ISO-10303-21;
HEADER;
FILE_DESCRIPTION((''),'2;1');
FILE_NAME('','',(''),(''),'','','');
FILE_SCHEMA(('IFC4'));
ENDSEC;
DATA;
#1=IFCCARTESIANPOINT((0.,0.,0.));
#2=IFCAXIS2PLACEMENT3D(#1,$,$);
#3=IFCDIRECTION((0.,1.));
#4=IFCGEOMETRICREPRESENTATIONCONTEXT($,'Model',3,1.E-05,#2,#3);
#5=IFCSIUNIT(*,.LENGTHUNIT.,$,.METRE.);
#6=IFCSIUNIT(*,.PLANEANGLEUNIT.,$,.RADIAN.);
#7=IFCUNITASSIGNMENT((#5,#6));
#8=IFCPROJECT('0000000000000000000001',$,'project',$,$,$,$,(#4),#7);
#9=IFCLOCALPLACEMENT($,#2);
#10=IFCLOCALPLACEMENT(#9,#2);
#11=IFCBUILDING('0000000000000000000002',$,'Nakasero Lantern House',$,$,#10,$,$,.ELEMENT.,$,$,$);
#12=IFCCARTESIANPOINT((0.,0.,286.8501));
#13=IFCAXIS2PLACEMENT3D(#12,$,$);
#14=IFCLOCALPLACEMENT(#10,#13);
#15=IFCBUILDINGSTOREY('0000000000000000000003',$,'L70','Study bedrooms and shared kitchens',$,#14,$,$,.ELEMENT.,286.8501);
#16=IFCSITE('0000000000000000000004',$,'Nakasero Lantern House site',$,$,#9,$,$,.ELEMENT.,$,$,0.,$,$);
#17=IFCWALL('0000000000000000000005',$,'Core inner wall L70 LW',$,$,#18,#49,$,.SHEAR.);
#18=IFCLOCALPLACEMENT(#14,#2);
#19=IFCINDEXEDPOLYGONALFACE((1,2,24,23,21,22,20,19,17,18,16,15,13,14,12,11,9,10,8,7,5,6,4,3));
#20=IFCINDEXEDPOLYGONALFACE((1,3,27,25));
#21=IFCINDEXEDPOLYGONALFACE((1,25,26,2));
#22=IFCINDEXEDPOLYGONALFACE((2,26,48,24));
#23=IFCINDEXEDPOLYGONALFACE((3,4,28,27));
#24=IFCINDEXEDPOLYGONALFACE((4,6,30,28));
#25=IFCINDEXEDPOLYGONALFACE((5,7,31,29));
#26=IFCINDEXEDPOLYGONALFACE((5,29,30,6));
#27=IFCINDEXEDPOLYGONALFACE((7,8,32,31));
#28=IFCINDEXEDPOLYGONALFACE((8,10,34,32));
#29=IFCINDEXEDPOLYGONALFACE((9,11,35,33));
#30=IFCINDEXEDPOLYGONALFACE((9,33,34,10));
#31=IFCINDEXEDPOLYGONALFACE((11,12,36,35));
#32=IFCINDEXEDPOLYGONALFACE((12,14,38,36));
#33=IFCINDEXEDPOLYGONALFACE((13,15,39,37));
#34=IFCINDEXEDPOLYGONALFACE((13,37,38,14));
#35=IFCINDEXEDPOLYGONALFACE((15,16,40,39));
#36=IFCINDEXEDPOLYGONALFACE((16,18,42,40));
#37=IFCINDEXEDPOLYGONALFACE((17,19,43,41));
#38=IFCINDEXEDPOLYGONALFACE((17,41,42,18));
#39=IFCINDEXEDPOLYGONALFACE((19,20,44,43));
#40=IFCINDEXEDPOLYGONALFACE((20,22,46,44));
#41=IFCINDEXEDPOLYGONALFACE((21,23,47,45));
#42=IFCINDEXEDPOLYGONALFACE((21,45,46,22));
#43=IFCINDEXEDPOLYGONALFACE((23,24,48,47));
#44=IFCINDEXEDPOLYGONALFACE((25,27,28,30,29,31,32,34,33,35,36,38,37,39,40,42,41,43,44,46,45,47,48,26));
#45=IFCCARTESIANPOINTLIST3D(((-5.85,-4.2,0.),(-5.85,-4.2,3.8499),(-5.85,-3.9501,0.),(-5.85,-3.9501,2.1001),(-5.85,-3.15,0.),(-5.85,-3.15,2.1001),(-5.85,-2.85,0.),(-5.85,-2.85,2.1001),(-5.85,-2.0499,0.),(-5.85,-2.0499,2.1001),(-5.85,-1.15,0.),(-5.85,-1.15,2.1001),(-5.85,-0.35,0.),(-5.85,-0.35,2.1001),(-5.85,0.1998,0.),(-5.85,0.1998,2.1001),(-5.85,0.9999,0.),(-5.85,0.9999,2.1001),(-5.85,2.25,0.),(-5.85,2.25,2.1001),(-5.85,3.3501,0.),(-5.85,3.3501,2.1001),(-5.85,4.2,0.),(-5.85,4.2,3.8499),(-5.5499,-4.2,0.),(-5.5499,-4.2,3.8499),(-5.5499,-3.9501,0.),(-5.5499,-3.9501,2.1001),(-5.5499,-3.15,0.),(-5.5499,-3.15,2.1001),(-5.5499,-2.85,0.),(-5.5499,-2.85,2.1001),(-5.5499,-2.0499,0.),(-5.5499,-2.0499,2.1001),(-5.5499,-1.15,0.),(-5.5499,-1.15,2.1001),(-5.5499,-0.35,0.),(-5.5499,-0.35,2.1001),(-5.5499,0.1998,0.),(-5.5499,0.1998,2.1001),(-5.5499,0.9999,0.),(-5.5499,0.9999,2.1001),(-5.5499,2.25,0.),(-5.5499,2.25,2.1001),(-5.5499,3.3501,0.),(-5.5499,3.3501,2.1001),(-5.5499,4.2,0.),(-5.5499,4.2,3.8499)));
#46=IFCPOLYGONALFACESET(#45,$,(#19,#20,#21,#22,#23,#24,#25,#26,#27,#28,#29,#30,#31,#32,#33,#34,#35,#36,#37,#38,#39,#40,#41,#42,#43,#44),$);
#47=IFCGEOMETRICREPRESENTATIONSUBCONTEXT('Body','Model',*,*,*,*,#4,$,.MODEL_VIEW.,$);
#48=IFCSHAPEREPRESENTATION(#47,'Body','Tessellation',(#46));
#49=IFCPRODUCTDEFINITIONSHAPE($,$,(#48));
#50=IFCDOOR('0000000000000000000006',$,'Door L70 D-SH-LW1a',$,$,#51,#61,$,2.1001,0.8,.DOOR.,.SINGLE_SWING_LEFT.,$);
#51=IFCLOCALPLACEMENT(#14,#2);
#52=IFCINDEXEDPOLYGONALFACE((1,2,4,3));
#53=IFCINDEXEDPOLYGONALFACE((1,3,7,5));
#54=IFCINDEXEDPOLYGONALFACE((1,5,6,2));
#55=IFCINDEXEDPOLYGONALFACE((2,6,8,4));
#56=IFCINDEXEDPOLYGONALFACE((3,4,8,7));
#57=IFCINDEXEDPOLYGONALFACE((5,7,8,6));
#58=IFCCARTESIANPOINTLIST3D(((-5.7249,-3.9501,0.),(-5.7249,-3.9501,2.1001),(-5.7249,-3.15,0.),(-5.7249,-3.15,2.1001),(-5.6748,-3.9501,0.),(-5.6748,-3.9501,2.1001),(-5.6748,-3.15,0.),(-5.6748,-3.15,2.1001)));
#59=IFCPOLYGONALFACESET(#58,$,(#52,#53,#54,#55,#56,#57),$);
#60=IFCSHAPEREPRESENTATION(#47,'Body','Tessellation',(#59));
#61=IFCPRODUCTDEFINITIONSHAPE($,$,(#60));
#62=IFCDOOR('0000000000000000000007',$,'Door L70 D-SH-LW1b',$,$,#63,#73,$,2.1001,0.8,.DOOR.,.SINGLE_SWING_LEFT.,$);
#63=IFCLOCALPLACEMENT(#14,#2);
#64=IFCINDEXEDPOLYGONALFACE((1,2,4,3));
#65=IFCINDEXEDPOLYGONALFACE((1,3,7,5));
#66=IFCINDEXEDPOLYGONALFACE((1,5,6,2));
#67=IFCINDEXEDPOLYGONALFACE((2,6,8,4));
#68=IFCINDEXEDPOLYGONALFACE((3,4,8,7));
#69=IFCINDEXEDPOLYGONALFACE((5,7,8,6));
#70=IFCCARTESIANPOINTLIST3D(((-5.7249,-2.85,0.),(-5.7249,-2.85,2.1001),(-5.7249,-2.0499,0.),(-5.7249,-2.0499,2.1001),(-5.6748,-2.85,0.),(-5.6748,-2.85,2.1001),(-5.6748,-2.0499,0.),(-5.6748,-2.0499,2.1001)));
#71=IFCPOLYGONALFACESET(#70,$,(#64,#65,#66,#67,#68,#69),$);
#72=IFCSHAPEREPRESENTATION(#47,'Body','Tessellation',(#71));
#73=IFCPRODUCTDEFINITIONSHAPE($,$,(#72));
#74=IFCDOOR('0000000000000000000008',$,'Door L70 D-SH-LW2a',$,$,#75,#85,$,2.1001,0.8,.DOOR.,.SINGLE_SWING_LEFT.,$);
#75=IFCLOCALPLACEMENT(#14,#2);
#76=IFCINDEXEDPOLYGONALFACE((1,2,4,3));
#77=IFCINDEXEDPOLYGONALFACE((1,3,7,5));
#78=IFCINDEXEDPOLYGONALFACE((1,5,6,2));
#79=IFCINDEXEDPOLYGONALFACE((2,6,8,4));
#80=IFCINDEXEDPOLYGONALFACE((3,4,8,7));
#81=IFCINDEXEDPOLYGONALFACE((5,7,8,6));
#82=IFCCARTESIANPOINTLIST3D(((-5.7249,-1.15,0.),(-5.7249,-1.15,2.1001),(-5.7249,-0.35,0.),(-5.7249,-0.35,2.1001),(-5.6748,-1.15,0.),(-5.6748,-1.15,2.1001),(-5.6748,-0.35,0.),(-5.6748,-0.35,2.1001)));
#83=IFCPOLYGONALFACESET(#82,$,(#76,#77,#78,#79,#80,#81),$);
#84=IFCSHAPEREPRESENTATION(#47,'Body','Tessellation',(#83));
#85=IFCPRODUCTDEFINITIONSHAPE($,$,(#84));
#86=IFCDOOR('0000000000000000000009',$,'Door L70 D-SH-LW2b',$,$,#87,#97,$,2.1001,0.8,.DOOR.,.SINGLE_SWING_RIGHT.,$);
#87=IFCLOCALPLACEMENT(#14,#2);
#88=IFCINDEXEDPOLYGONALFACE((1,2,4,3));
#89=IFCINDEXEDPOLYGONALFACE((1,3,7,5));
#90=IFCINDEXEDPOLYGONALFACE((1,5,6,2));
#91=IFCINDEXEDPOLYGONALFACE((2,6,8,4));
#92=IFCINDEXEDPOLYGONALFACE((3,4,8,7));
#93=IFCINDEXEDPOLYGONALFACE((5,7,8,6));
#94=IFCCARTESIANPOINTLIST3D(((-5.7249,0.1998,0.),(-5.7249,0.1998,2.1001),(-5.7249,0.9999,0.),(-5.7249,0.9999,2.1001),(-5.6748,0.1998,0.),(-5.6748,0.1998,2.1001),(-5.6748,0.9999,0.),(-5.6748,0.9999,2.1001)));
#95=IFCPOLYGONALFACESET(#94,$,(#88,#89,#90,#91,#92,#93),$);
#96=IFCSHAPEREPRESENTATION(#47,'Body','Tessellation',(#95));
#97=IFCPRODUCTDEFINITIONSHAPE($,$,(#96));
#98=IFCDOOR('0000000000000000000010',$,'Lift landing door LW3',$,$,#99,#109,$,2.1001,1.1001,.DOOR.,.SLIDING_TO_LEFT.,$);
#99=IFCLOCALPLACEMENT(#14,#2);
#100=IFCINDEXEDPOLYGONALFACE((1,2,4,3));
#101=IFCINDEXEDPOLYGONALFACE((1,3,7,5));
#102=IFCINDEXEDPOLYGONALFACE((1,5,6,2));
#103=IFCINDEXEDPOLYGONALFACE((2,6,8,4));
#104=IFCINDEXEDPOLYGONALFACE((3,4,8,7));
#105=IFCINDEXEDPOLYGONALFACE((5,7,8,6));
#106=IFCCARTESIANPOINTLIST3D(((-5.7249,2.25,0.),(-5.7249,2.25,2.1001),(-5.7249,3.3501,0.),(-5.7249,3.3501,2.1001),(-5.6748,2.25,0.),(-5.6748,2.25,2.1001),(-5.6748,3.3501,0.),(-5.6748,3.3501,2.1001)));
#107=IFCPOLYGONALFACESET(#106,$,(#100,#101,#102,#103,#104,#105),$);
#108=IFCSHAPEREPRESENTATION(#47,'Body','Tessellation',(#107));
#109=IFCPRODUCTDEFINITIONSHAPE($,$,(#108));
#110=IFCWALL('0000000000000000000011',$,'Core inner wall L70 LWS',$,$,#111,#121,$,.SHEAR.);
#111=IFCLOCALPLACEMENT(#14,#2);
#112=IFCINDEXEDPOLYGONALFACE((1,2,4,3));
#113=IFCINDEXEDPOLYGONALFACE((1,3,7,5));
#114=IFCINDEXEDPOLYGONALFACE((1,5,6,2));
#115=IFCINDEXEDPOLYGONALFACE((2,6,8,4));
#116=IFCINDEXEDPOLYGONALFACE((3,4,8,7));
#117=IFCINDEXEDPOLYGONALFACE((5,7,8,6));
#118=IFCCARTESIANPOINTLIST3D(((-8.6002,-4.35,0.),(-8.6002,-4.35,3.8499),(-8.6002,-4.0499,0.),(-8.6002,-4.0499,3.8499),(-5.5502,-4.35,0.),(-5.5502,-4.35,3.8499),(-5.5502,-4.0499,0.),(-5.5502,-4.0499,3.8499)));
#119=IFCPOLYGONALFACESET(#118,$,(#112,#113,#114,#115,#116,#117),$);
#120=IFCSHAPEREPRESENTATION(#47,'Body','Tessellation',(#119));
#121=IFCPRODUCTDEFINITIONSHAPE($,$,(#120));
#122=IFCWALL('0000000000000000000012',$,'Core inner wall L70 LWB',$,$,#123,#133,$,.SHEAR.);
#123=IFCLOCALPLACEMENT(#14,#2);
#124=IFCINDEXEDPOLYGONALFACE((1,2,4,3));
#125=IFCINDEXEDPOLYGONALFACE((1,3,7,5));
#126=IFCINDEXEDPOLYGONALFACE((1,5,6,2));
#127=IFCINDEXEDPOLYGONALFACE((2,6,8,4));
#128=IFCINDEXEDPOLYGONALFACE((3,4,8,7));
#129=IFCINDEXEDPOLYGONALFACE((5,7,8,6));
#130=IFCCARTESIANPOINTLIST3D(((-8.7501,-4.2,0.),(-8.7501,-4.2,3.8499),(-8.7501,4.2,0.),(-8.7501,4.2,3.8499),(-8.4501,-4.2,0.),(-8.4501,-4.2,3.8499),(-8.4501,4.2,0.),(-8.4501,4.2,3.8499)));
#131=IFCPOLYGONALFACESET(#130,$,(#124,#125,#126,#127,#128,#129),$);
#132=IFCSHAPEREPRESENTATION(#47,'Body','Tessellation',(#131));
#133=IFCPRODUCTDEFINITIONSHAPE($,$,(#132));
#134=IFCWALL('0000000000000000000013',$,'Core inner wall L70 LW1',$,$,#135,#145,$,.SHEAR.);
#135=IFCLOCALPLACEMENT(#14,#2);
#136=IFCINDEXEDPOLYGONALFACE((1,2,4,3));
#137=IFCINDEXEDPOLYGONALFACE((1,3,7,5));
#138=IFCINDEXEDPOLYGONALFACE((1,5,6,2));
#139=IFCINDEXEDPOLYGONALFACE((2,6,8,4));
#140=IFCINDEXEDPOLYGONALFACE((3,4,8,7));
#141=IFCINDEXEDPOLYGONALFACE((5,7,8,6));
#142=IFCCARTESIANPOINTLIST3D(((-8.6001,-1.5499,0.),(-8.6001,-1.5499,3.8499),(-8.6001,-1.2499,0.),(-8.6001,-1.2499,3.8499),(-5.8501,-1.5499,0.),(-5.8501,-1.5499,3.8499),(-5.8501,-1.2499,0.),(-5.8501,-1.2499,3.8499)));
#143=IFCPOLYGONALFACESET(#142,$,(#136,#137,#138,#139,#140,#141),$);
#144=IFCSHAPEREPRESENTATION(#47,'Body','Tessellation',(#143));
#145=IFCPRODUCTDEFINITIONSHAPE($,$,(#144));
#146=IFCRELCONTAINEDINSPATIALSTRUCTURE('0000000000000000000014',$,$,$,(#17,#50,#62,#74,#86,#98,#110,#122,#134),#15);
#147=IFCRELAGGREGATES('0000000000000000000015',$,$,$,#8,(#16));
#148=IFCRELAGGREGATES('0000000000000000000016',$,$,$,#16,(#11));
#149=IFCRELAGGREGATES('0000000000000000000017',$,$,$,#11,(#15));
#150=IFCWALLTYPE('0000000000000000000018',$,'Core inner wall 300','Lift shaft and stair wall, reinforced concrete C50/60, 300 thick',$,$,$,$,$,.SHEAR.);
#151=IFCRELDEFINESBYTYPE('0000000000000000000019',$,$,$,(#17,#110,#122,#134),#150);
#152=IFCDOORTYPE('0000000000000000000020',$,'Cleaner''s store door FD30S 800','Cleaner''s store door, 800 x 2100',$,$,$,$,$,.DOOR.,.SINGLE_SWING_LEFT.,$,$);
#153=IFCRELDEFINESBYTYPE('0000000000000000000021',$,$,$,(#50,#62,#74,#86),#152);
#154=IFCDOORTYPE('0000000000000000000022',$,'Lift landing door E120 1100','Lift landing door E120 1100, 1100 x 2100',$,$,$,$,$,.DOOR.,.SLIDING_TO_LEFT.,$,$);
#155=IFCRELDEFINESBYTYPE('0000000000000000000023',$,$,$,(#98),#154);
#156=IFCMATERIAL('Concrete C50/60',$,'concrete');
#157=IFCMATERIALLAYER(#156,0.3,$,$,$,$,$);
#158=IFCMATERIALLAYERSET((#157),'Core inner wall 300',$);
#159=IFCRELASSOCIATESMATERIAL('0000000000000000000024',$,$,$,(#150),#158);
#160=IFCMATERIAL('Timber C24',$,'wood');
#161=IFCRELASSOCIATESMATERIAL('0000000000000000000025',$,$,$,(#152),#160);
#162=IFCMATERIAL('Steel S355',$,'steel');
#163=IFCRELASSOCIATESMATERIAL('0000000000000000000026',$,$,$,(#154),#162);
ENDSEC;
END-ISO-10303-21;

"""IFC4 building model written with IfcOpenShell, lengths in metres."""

from ifc_helpers import new_model, si_unit, direction, frame, frame_2d, origin, place, context, subcontext, project, spatial, rectangle, extrude, material, layer, layer_set, type_object, element, fill, save


model = new_model("IFC4")

# Units and contexts
model_context = context("Model", 3, precision=1e-05, world=origin(), true_north=direction((0.0, 1.0)))
body_context = subcontext(model_context, "Body", "Model", "MODEL_VIEW")
ifc_project = project(units=[si_unit("LENGTHUNIT", "METRE"), si_unit("PLANEANGLEUNIT", "RADIAN")], contexts=[model_context])

# Site, building, storey
site_placement = place(None, origin())
site = spatial("IfcSite", under=ifc_project, at=site_placement, Name="Nakasero Lantern House site", CompositionType="ELEMENT", RefElevation=0.0)
building_placement = place(site_placement, origin())
building = spatial("IfcBuilding", under=site, at=building_placement, Name="Nakasero Lantern House", CompositionType="ELEMENT")
storey_placement = place(building_placement, frame((0.0, 0.0, 286.8501)))
storey = spatial("IfcBuildingStorey", under=building, at=storey_placement, Name="L70", Description="Study bedrooms and shared kitchens", CompositionType="ELEMENT", Elevation=286.8501)

# Wall, openings, doors
ifc_material_1 = material(Name="Concrete C50/60", Category="concrete")
ifc_layer_1 = layer(ifc_material_1, 0.3)
ifc_layer_set_1 = layer_set([ifc_layer_1], Name="Core inner wall 300")
wall_type_1 = type_object("IfcWallType", Name="Core inner wall 300", Description="Lift shaft and stair wall, reinforced concrete C50/60, 300 thick", PredefinedType="SHEAR", material=ifc_layer_set_1)
wall_1_placement = place(storey_placement, frame((-5.7, -4.2, 0.0), z_axis=(0.0, 0.0, 1.0), x_axis=(0.0, 1.0, 0.0)))
wall_1 = element("IfcWall", 1, at=wall_1_placement, inside=storey, type_object=wall_type_1, Name="Core inner wall L70 LW", PredefinedType="SHEAR", context=body_context, shape_type="SweptSolid", body=[
    extrude(rectangle(XDim=8.3999, YDim=0.3, at=frame_2d((4.2, 0.0))), origin(), (0.0, 0.0, 1.0), 3.8499),
])
opening_1_placement = place(wall_1_placement, frame((0.25, 0.0, 0.0)))
opening_1 = element("IfcOpeningElement", 2, at=opening_1_placement, cuts=wall_1, PredefinedType="OPENING", context=body_context, shape_type="SweptSolid", body=[
    extrude(rectangle(XDim=0.8, YDim=2.1001, at=frame_2d((0.3999, 1.05))), frame((0.0, 0.1699, 0.0), z_axis=(0.0, -1.0, 0.0), x_axis=(1.0, 0.0, 0.0)), (0.0, 0.0, 1.0), 0.3401),
])
opening_2_placement = place(wall_1_placement, frame((1.3501, 0.0, 0.0)))
opening_2 = element("IfcOpeningElement", 3, at=opening_2_placement, cuts=wall_1, PredefinedType="OPENING", context=body_context, shape_type="SweptSolid", body=[
    extrude(rectangle(XDim=0.8, YDim=2.1001, at=frame_2d((0.3999, 1.05))), frame((0.0, 0.1699, 0.0), z_axis=(0.0, -1.0, 0.0), x_axis=(1.0, 0.0, 0.0)), (0.0, 0.0, 1.0), 0.3401),
])
opening_3_placement = place(wall_1_placement, frame((3.05, 0.0, 0.0)))
opening_3 = element("IfcOpeningElement", 4, at=opening_3_placement, cuts=wall_1, PredefinedType="OPENING", context=body_context, shape_type="SweptSolid", body=[
    extrude(rectangle(XDim=0.8, YDim=2.1001, at=frame_2d((0.3999, 1.05))), frame((0.0, 0.1699, 0.0), z_axis=(0.0, -1.0, 0.0), x_axis=(1.0, 0.0, 0.0)), (0.0, 0.0, 1.0), 0.3401),
])
opening_4_placement = place(wall_1_placement, frame((4.3999, 0.0, 0.0)))
opening_4 = element("IfcOpeningElement", 5, at=opening_4_placement, cuts=wall_1, PredefinedType="OPENING", context=body_context, shape_type="SweptSolid", body=[
    extrude(rectangle(XDim=0.8, YDim=2.1001, at=frame_2d((0.3999, 1.05))), frame((0.0, 0.1699, 0.0), z_axis=(0.0, -1.0, 0.0), x_axis=(1.0, 0.0, 0.0)), (0.0, 0.0, 1.0), 0.3401),
])
opening_5_placement = place(wall_1_placement, frame((6.45, 0.0, 0.0)))
opening_5 = element("IfcOpeningElement", 6, at=opening_5_placement, cuts=wall_1, PredefinedType="OPENING", context=body_context, shape_type="SweptSolid", body=[
    extrude(rectangle(XDim=1.1001, YDim=2.1001, at=frame_2d((0.55, 1.05))), frame((0.0, 0.1699, 0.0), z_axis=(0.0, -1.0, 0.0), x_axis=(1.0, 0.0, 0.0)), (0.0, 0.0, 1.0), 0.3401),
])
ifc_material_2 = material(Name="Timber C24", Category="wood")
door_type_1 = type_object("IfcDoorType", Name="Cleaner's store door FD30S 800", Description="Cleaner's store door, 800 x 2100", OperationType="SINGLE_SWING_LEFT", PredefinedType="DOOR", material=ifc_material_2)
door_1_placement = place(opening_1_placement, origin())
door_1 = element("IfcDoor", 7, at=door_1_placement, inside=storey, type_object=door_type_1, Name="Door L70 D-SH-LW1a", OperationType="SINGLE_SWING_LEFT", OverallHeight=2.1001, OverallWidth=0.8, PredefinedType="DOOR", context=body_context, shape_type="SweptSolid", body=[
    extrude(rectangle(XDim=0.8, YDim=2.1001, at=frame_2d((0.3999, 1.05))), frame((0.0, 0.0249, 0.0), z_axis=(0.0, -1.0, 0.0), x_axis=(1.0, 0.0, 0.0)), (0.0, 0.0, 1.0), 0.05),
])
fill(opening_1, door_1)
door_2_placement = place(opening_2_placement, origin())
door_2 = element("IfcDoor", 8, at=door_2_placement, inside=storey, type_object=door_type_1, Name="Door L70 D-SH-LW1b", OperationType="SINGLE_SWING_LEFT", OverallHeight=2.1001, OverallWidth=0.8, PredefinedType="DOOR", context=body_context, shape_type="SweptSolid", body=[
    extrude(rectangle(XDim=0.8, YDim=2.1001, at=frame_2d((0.3999, 1.05))), frame((0.0, 0.0249, 0.0), z_axis=(0.0, -1.0, 0.0), x_axis=(1.0, 0.0, 0.0)), (0.0, 0.0, 1.0), 0.05),
])
fill(opening_2, door_2)
door_3_placement = place(opening_3_placement, origin())
door_3 = element("IfcDoor", 9, at=door_3_placement, inside=storey, type_object=door_type_1, Name="Door L70 D-SH-LW2a", OperationType="SINGLE_SWING_LEFT", OverallHeight=2.1001, OverallWidth=0.8, PredefinedType="DOOR", context=body_context, shape_type="SweptSolid", body=[
    extrude(rectangle(XDim=0.8, YDim=2.1001, at=frame_2d((0.3999, 1.05))), frame((0.0, 0.0249, 0.0), z_axis=(0.0, -1.0, 0.0), x_axis=(1.0, 0.0, 0.0)), (0.0, 0.0, 1.0), 0.05),
])
fill(opening_3, door_3)
door_4_placement = place(opening_4_placement, origin())
door_4 = element("IfcDoor", 10, at=door_4_placement, inside=storey, type_object=door_type_1, Name="Door L70 D-SH-LW2b", OperationType="SINGLE_SWING_RIGHT", OverallHeight=2.1001, OverallWidth=0.8, PredefinedType="DOOR", context=body_context, shape_type="SweptSolid", body=[
    extrude(rectangle(XDim=0.8, YDim=2.1001, at=frame_2d((0.3999, 1.05))), frame((0.0, 0.0249, 0.0), z_axis=(0.0, -1.0, 0.0), x_axis=(1.0, 0.0, 0.0)), (0.0, 0.0, 1.0), 0.05),
])
fill(opening_4, door_4)
ifc_material_3 = material(Name="Steel S355", Category="steel")
door_type_2 = type_object("IfcDoorType", Name="Lift landing door E120 1100", Description="Lift landing door E120 1100, 1100 x 2100", OperationType="SLIDING_TO_LEFT", PredefinedType="DOOR", material=ifc_material_3)
door_5_placement = place(opening_5_placement, origin())
door_5 = element("IfcDoor", 11, at=door_5_placement, inside=storey, type_object=door_type_2, Name="Lift landing door LW3", OperationType="SLIDING_TO_LEFT", OverallHeight=2.1001, OverallWidth=1.1001, PredefinedType="DOOR", context=body_context, shape_type="SweptSolid", body=[
    extrude(rectangle(XDim=1.1001, YDim=2.1001, at=frame_2d((0.55, 1.05))), frame((0.0, 0.0249, 0.0), z_axis=(0.0, -1.0, 0.0), x_axis=(1.0, 0.0, 0.0)), (0.0, 0.0, 1.0), 0.05),
])
fill(opening_5, door_5)

# Walls
wall_2_placement = place(storey_placement, frame((-8.6001, -4.2, 0.0), z_axis=(0.0, 0.0, 1.0), x_axis=(1.0, 0.0, 0.0)))
element("IfcWall", 12, at=wall_2_placement, inside=storey, type_object=wall_type_1, Name="Core inner wall L70 LWS", PredefinedType="SHEAR", context=body_context, shape_type="SweptSolid", body=[
    extrude(rectangle(XDim=3.05, YDim=0.3, at=frame_2d((1.5249, 0.0))), origin(), (0.0, 0.0, 1.0), 3.8499),
])
wall_3_placement = place(storey_placement, frame((-8.6001, -4.2, 0.0), z_axis=(0.0, 0.0, 1.0), x_axis=(0.0, 1.0, 0.0)))
element("IfcWall", 13, at=wall_3_placement, inside=storey, type_object=wall_type_1, Name="Core inner wall L70 LWB", PredefinedType="SHEAR", context=body_context, shape_type="SweptSolid", body=[
    extrude(rectangle(XDim=8.3999, YDim=0.3, at=frame_2d((4.2, 0.0))), origin(), (0.0, 0.0, 1.0), 3.8499),
])
wall_4_placement = place(storey_placement, frame((-8.6001, -1.3999, 0.0), z_axis=(0.0, 0.0, 1.0), x_axis=(1.0, 0.0, 0.0)))
element("IfcWall", 14, at=wall_4_placement, inside=storey, type_object=wall_type_1, Name="Core inner wall L70 LW1", PredefinedType="SHEAR", context=body_context, shape_type="SweptSolid", body=[
    extrude(rectangle(XDim=2.75, YDim=0.3, at=frame_2d((1.375, 0.0))), origin(), (0.0, 0.0, 1.0), 3.8499),
])

save(model, "model.ifc")
